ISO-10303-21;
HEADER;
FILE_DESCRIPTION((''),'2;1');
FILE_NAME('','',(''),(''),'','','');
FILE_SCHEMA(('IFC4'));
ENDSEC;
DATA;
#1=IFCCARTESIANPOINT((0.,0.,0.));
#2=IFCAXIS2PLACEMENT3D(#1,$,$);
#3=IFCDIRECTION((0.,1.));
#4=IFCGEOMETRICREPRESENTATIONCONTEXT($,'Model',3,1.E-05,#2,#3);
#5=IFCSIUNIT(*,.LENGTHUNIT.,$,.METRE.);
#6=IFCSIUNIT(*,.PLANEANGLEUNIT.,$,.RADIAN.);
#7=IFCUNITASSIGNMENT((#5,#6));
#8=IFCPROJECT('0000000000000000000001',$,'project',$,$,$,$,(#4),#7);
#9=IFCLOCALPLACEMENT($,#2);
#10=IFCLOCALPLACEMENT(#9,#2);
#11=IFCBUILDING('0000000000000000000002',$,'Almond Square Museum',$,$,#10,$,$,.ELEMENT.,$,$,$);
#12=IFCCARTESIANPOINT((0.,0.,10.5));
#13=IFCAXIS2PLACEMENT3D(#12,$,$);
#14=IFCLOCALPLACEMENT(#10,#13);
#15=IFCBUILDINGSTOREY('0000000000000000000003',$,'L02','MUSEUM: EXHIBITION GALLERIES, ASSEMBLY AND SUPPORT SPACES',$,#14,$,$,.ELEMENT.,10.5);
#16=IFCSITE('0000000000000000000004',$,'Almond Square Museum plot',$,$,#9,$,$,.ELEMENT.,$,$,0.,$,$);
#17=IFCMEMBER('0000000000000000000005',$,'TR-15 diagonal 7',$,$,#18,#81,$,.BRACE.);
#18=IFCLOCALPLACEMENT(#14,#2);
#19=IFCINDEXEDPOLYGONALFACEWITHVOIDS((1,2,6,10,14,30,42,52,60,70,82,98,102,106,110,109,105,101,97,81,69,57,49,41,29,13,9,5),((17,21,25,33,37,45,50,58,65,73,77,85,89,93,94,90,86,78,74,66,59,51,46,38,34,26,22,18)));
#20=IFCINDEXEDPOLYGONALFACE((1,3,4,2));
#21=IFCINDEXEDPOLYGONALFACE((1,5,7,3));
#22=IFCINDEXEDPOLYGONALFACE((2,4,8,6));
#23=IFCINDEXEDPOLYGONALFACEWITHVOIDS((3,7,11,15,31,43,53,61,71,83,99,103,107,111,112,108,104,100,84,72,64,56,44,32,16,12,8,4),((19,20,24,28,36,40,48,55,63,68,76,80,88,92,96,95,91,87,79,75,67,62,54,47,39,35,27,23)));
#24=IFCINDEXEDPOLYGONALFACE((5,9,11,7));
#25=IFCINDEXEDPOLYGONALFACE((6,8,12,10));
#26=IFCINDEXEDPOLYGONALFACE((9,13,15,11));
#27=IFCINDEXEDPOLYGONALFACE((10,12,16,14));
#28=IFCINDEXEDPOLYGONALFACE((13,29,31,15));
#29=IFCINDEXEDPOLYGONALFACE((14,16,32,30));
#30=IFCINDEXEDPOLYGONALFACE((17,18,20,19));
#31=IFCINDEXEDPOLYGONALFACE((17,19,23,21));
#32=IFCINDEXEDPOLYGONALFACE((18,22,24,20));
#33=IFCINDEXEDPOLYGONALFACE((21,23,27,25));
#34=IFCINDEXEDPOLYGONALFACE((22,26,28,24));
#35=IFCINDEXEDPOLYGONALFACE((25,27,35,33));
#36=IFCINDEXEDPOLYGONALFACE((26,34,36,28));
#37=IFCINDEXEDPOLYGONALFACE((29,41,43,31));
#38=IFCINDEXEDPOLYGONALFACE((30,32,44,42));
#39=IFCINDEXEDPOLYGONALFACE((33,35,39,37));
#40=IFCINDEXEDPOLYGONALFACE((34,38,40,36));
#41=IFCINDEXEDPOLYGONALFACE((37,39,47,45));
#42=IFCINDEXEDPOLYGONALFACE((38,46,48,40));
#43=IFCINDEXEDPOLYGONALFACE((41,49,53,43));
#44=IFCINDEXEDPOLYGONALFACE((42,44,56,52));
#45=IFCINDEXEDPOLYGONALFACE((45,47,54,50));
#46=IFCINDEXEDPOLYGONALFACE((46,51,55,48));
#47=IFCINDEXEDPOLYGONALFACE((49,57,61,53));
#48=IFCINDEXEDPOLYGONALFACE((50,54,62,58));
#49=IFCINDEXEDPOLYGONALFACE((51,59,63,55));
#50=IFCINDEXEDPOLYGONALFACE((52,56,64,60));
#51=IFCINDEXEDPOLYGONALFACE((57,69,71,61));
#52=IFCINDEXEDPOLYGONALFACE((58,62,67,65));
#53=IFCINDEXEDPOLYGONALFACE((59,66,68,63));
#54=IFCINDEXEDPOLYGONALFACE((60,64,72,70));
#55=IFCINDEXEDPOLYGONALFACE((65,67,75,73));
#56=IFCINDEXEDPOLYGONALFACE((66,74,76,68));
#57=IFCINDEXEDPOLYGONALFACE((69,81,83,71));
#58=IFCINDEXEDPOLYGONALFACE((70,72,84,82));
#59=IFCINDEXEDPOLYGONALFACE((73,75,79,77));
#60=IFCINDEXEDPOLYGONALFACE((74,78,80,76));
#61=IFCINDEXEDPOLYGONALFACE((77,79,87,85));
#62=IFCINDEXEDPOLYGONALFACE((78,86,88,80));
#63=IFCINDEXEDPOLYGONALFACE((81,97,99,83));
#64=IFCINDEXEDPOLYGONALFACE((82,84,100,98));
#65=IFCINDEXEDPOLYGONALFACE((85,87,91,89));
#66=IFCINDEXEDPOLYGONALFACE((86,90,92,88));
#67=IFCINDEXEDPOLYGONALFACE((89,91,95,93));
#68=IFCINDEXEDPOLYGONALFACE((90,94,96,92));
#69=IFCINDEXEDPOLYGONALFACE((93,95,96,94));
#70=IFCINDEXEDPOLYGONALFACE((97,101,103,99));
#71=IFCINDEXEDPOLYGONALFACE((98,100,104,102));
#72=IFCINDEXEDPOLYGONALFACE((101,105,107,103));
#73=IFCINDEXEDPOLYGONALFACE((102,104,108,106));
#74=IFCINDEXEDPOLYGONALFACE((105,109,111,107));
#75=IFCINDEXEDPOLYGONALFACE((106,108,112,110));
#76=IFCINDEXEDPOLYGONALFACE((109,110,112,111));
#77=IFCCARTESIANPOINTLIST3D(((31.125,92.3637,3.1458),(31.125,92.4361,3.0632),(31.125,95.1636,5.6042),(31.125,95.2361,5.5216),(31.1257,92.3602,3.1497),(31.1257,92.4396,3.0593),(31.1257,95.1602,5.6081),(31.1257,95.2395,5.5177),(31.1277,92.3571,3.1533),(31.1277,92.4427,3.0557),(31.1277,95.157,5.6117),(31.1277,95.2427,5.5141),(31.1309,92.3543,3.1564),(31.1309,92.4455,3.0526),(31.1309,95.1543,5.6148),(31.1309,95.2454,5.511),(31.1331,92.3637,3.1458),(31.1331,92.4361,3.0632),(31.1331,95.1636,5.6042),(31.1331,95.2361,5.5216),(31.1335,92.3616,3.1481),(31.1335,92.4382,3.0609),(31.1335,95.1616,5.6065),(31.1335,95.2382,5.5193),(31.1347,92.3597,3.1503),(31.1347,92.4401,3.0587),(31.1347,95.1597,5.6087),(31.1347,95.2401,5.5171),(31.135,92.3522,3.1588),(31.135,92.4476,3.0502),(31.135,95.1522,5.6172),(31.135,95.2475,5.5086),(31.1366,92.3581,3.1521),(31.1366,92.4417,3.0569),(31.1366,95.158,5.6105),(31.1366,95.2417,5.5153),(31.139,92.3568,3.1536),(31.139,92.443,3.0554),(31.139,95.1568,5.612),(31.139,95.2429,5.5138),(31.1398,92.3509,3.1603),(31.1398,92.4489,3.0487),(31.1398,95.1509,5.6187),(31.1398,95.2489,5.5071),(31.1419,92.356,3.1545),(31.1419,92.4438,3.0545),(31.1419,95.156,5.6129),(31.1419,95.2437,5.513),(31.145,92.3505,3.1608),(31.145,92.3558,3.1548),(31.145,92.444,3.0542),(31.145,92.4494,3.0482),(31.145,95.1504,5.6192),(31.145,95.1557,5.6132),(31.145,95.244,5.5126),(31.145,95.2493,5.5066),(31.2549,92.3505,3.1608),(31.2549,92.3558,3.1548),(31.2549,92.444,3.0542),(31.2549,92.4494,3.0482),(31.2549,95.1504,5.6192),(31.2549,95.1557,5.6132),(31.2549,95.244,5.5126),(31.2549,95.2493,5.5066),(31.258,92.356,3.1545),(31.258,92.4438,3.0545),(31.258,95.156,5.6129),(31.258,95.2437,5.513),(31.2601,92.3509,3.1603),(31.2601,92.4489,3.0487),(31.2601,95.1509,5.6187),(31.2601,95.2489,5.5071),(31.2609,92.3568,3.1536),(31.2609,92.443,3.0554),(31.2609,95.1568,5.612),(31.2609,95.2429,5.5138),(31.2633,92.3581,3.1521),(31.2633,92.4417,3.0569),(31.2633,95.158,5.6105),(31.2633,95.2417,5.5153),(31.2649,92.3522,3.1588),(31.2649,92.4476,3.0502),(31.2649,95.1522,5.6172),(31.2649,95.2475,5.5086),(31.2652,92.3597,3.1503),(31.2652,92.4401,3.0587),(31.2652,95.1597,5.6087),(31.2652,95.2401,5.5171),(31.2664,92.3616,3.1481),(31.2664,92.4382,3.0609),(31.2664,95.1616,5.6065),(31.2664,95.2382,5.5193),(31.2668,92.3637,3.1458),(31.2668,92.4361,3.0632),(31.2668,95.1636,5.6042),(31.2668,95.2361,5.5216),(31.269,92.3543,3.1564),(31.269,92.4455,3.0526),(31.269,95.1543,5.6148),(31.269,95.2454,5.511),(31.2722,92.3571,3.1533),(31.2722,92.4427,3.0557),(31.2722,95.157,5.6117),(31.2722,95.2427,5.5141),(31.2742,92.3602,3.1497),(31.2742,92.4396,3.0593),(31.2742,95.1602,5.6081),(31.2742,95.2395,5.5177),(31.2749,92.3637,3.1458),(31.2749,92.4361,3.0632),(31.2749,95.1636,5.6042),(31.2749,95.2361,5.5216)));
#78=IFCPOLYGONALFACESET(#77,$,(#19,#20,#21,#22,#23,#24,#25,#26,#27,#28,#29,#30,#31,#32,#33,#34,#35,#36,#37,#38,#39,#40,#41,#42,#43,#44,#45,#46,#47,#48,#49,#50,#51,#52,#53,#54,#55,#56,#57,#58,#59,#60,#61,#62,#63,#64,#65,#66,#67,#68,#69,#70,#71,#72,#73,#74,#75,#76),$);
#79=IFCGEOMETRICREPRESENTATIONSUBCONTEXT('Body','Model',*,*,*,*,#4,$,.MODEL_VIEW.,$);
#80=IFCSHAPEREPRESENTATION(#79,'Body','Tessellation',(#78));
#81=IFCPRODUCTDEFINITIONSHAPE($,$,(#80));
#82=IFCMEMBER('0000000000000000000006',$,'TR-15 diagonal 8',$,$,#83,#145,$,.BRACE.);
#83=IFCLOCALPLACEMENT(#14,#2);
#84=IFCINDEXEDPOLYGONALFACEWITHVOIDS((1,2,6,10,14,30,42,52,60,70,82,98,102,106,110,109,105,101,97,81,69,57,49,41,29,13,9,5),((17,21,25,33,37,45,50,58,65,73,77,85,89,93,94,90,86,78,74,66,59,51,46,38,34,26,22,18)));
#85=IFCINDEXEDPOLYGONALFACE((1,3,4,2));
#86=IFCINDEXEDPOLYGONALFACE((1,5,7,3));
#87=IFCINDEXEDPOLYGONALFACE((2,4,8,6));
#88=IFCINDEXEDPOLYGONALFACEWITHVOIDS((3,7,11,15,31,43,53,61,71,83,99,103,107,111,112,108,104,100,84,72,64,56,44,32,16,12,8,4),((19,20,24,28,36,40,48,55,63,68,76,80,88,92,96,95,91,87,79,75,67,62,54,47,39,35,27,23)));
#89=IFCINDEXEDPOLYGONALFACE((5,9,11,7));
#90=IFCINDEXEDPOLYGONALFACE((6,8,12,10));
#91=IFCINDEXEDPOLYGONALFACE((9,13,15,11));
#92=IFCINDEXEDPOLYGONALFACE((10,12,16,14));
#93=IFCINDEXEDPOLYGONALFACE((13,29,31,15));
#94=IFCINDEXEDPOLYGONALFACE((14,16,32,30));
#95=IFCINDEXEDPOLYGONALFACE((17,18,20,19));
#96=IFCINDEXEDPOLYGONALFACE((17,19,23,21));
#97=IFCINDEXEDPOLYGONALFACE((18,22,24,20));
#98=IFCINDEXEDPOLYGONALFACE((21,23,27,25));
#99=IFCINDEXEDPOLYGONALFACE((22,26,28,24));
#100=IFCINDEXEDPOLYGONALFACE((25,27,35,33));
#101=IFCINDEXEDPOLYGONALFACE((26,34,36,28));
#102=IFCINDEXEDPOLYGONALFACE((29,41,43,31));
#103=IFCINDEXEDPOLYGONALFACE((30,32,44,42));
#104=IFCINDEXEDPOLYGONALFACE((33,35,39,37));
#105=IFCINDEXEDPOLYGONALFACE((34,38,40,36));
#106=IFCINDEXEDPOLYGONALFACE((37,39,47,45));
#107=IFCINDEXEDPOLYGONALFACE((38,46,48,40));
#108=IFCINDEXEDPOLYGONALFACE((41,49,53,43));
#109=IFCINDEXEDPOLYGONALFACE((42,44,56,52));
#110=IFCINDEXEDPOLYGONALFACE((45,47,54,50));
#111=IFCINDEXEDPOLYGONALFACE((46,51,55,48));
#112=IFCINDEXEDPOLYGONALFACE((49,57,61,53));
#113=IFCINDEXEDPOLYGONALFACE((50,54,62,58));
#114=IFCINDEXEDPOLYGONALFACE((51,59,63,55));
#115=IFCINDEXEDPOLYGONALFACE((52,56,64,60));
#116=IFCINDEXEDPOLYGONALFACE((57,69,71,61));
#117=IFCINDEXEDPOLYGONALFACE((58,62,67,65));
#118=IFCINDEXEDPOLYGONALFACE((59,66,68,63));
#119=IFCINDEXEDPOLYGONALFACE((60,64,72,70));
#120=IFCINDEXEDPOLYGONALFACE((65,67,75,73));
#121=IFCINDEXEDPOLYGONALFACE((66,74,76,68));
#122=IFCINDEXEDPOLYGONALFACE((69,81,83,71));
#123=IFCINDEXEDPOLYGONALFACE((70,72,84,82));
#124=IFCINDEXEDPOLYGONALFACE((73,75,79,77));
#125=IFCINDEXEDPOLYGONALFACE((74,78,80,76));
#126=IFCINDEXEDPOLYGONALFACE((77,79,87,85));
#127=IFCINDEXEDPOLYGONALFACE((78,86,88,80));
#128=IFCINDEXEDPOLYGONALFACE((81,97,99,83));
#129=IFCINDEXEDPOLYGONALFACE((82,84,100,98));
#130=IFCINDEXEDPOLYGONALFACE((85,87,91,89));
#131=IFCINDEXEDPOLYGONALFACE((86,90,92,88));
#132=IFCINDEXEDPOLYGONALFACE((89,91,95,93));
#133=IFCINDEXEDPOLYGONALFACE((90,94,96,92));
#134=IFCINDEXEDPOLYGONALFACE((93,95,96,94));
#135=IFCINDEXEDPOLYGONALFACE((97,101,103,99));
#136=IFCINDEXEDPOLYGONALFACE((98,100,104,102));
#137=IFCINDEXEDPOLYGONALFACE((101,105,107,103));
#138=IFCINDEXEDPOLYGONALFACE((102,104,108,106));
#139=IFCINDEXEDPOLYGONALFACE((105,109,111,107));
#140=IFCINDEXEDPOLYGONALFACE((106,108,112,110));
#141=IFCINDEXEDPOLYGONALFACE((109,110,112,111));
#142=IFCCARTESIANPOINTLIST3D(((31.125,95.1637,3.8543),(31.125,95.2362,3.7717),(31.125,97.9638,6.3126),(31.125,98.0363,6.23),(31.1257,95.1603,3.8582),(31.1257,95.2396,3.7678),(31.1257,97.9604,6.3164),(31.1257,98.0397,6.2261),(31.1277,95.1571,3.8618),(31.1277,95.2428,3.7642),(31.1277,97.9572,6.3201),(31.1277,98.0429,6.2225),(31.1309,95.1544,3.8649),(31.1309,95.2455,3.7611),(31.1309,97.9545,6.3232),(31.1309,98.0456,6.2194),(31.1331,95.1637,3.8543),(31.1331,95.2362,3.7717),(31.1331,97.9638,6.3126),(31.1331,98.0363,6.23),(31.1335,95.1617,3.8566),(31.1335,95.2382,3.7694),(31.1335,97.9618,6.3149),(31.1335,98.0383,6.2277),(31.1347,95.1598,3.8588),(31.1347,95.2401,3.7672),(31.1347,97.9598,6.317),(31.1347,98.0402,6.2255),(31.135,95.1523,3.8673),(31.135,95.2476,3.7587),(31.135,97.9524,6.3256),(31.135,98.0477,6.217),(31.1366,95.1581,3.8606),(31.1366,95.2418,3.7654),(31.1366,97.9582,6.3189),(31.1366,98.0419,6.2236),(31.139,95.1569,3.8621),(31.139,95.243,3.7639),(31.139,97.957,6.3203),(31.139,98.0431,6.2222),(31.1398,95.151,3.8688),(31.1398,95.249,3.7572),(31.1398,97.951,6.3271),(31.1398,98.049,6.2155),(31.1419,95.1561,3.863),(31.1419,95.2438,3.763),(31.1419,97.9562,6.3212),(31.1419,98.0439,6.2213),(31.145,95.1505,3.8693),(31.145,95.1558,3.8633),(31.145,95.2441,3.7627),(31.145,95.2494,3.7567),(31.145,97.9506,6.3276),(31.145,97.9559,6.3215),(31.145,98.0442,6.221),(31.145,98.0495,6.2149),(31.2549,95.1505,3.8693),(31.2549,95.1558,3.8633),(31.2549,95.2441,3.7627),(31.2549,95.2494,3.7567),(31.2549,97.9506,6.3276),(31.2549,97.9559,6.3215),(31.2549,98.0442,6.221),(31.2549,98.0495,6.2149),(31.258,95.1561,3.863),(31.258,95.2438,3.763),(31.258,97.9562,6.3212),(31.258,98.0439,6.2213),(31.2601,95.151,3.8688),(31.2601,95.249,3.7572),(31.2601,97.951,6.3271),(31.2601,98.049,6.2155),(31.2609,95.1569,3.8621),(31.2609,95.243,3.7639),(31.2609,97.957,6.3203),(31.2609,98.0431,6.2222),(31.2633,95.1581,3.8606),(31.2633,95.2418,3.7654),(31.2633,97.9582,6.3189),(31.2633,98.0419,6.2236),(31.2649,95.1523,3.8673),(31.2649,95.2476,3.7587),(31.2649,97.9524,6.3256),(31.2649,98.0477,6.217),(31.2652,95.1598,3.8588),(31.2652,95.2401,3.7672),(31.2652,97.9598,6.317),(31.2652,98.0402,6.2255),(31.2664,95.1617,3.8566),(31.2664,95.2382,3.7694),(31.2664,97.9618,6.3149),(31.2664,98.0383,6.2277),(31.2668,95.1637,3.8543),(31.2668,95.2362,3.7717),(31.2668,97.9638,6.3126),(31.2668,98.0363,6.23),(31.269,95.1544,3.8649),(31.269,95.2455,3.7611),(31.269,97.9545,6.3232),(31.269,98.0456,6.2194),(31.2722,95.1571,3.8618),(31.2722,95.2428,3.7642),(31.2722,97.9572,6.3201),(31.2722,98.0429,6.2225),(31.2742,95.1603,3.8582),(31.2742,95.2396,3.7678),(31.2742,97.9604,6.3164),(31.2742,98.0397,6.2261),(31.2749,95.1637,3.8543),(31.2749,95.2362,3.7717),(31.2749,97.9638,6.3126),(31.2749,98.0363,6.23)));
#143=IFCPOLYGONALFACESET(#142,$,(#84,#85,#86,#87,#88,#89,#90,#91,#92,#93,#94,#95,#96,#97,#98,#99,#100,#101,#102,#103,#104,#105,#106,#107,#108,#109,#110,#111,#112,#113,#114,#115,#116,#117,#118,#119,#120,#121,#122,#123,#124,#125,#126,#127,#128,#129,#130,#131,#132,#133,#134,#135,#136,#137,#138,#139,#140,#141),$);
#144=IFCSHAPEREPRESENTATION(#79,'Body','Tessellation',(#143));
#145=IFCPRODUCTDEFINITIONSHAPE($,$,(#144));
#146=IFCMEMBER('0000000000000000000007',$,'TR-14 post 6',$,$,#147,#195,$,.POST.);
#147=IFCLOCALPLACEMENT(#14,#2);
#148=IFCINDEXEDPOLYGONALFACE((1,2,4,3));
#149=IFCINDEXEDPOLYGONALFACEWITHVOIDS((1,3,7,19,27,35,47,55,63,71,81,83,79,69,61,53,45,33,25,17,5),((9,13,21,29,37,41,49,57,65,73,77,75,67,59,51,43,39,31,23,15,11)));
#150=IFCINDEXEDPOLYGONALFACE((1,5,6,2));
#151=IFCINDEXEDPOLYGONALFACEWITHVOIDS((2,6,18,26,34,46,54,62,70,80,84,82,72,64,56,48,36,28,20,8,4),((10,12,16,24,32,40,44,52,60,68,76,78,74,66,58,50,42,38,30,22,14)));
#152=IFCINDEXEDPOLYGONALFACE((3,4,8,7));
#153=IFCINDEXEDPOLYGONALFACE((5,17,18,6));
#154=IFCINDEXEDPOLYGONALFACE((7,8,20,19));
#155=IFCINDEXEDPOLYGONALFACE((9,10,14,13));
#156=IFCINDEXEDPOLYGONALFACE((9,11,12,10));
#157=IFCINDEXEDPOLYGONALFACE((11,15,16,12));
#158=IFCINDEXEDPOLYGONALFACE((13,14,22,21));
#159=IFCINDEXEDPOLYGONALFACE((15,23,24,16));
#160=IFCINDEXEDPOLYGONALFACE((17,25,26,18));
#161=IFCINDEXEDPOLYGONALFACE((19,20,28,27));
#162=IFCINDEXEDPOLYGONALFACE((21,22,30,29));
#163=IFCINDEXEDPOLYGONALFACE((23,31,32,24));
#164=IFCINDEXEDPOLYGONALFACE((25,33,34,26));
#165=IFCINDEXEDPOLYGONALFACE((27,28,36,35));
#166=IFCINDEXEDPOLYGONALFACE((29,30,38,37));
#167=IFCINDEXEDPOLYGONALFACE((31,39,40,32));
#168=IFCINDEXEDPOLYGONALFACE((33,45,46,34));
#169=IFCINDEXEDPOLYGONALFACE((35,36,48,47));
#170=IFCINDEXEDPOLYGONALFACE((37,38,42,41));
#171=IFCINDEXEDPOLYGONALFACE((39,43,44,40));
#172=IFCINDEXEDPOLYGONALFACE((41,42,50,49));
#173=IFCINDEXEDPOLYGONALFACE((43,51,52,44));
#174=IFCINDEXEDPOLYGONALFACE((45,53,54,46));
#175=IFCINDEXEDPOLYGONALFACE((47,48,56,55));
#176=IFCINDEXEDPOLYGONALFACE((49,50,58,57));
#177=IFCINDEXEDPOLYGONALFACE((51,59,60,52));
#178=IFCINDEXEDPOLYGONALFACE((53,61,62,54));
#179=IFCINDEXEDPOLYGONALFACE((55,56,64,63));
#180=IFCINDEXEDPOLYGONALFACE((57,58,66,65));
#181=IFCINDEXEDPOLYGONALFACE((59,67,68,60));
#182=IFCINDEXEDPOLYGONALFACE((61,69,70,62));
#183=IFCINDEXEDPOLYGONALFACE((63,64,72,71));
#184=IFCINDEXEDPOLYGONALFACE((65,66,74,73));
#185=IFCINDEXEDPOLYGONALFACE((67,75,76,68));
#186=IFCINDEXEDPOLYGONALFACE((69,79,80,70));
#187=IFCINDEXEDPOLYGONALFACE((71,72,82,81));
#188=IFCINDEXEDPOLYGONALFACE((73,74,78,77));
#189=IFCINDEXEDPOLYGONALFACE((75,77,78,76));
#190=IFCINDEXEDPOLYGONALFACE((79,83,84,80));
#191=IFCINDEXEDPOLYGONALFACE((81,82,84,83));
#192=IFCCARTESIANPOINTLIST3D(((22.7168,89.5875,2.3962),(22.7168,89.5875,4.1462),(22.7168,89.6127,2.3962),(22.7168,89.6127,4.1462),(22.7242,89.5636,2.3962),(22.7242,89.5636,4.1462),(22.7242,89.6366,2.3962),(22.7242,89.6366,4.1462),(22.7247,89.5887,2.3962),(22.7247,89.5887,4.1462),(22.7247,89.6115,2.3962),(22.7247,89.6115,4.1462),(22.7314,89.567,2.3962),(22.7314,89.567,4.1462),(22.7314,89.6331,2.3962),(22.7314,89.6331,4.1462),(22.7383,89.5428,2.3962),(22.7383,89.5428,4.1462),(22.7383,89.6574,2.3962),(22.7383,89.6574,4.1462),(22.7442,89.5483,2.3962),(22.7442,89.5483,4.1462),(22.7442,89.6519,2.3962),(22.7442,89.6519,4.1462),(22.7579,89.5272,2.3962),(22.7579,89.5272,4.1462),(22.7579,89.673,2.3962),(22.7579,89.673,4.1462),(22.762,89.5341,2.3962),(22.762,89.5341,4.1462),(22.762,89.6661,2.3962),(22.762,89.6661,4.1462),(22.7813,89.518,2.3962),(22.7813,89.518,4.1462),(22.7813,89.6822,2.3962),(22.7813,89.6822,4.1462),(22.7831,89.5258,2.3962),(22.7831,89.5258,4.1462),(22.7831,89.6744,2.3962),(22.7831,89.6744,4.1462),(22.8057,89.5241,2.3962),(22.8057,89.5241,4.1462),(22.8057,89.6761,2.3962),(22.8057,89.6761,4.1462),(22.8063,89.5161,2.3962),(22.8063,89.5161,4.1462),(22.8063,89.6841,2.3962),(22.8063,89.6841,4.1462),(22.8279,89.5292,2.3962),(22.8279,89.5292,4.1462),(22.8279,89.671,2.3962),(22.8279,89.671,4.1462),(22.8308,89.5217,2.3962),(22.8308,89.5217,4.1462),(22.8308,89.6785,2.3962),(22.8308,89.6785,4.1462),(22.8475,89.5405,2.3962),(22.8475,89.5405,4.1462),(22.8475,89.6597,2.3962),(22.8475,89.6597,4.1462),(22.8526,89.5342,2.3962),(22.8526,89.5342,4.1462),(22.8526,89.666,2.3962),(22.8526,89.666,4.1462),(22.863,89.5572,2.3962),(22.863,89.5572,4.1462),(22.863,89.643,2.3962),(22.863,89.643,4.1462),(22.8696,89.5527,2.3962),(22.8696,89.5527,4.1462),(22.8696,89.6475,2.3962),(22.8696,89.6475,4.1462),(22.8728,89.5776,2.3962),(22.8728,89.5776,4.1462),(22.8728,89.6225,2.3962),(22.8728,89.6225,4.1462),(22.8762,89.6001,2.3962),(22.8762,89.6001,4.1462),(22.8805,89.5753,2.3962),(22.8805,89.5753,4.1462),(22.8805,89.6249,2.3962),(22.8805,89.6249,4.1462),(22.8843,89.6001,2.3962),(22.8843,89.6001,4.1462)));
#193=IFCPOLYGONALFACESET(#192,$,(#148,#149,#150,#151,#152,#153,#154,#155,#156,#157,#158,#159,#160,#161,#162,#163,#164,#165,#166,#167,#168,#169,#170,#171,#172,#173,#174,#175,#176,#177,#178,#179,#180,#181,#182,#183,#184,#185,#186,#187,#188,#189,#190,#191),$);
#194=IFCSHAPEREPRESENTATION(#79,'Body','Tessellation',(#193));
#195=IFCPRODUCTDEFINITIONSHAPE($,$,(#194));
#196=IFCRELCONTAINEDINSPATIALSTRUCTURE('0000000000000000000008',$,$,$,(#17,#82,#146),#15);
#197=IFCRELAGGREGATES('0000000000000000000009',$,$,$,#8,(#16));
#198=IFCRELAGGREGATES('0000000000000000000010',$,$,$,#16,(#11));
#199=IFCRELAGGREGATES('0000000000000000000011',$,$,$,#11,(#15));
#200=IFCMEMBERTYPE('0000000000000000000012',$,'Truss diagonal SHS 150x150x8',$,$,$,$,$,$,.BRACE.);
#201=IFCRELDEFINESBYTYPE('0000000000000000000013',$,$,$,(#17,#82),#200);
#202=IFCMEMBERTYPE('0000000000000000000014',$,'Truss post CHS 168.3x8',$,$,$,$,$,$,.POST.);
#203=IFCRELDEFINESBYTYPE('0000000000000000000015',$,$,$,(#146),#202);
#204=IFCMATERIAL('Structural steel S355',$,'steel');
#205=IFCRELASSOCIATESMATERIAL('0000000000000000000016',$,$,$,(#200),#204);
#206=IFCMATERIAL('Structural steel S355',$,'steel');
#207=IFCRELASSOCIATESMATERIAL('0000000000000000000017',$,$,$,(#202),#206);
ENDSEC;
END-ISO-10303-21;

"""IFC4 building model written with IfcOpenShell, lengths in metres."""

from ifc_helpers import new_model, si_unit, direction, frame, origin, origin_2d, place, context, subcontext, project, spatial, hollow_rectangle, hollow_circle, extrude, material, material_profile, profile_set, type_object, element, save


model = new_model("IFC4")

# Units and contexts
model_context = context("Model", 3, precision=1e-05, world=origin(), true_north=direction((0.0, 1.0)))
body_context = subcontext(model_context, "Body", "Model", "MODEL_VIEW")
ifc_project = project(units=[si_unit("LENGTHUNIT", "METRE"), si_unit("PLANEANGLEUNIT", "RADIAN")], contexts=[model_context])

# Site, building, storey
site_placement = place(None, origin())
site = spatial("IfcSite", under=ifc_project, at=site_placement, Name="Almond Square Museum plot", CompositionType="ELEMENT", RefElevation=0.0)
building_placement = place(site_placement, origin())
building = spatial("IfcBuilding", under=site, at=building_placement, Name="Almond Square Museum", CompositionType="ELEMENT")
storey_placement = place(building_placement, frame((0.0, 0.0, 10.5)))
storey = spatial("IfcBuildingStorey", under=building, at=storey_placement, Name="L02", Description="MUSEUM: EXHIBITION GALLERIES, ASSEMBLY AND SUPPORT SPACES", CompositionType="ELEMENT", Elevation=10.5)

# Members
ifc_material_1 = material(Name="Structural steel S355", Category="steel")
ifc_material_profile_1 = material_profile(ifc_material_1, hollow_rectangle(XDim=0.1499, YDim=0.1499, WallThickness=0.0081, InnerFilletRadius=0.012, OuterFilletRadius=0.02, at=origin_2d()))
ifc_profile_set_1 = profile_set([ifc_material_profile_1], Name="Structural steel S355")
member_type_1 = type_object("IfcMemberType", Name="Truss diagonal SHS 150x150x8", PredefinedType="BRACE", material=ifc_profile_set_1)
for number, where, z_axis, x_axis, name in (
    (1, (31.2, 92.3999, 3.1045), (0.0, 0.751451, 0.659789), (-1.0, 0.0, 0.0), "TR-15 diagonal 7"),
    (2, (31.2, 95.2, 3.813), (0.0, 0.751484, 0.659752), (-1.0, 0.0, 0.0), "TR-15 diagonal 8"),
):
    element("IfcMember", number, at=place(storey_placement, frame(where, z_axis=z_axis, x_axis=x_axis)), inside=storey, type_object=member_type_1, Name=name, PredefinedType="BRACE", context=body_context, shape_type="SweptSolid", body=[
        extrude(hollow_rectangle(XDim=0.1499, YDim=0.1499, WallThickness=0.0081, InnerFilletRadius=0.012, OuterFilletRadius=0.02, at=origin_2d()), origin(), (0.0, 0.0, 1.0), 3.7261),
    ])
ifc_material_2 = material(Name="Structural steel S355", Category="steel")
ifc_material_profile_2 = material_profile(ifc_material_2, hollow_circle(Radius=0.0842, WallThickness=0.0081, at=origin_2d()))
ifc_profile_set_2 = profile_set([ifc_material_profile_2], Name="Structural steel S355")
member_type_2 = type_object("IfcMemberType", Name="Truss post CHS 168.3x8", PredefinedType="POST", material=ifc_profile_set_2)
for number, where, z_axis, x_axis, name in (
    (3, (22.8, 89.6001, 2.3962), (0.0, 0.0, 1.0), (1.0, 0.0, 0.0), "TR-14 post 6"),
):
    element("IfcMember", number, at=place(storey_placement, frame(where, z_axis=z_axis, x_axis=x_axis)), inside=storey, type_object=member_type_2, Name=name, PredefinedType="POST", context=body_context, shape_type="SweptSolid", body=[
        extrude(hollow_circle(Radius=0.0842, WallThickness=0.0081, at=origin_2d()), origin(), (0.0, 0.0, 1.0), 1.75),
    ])

save(model, "model.ifc")
